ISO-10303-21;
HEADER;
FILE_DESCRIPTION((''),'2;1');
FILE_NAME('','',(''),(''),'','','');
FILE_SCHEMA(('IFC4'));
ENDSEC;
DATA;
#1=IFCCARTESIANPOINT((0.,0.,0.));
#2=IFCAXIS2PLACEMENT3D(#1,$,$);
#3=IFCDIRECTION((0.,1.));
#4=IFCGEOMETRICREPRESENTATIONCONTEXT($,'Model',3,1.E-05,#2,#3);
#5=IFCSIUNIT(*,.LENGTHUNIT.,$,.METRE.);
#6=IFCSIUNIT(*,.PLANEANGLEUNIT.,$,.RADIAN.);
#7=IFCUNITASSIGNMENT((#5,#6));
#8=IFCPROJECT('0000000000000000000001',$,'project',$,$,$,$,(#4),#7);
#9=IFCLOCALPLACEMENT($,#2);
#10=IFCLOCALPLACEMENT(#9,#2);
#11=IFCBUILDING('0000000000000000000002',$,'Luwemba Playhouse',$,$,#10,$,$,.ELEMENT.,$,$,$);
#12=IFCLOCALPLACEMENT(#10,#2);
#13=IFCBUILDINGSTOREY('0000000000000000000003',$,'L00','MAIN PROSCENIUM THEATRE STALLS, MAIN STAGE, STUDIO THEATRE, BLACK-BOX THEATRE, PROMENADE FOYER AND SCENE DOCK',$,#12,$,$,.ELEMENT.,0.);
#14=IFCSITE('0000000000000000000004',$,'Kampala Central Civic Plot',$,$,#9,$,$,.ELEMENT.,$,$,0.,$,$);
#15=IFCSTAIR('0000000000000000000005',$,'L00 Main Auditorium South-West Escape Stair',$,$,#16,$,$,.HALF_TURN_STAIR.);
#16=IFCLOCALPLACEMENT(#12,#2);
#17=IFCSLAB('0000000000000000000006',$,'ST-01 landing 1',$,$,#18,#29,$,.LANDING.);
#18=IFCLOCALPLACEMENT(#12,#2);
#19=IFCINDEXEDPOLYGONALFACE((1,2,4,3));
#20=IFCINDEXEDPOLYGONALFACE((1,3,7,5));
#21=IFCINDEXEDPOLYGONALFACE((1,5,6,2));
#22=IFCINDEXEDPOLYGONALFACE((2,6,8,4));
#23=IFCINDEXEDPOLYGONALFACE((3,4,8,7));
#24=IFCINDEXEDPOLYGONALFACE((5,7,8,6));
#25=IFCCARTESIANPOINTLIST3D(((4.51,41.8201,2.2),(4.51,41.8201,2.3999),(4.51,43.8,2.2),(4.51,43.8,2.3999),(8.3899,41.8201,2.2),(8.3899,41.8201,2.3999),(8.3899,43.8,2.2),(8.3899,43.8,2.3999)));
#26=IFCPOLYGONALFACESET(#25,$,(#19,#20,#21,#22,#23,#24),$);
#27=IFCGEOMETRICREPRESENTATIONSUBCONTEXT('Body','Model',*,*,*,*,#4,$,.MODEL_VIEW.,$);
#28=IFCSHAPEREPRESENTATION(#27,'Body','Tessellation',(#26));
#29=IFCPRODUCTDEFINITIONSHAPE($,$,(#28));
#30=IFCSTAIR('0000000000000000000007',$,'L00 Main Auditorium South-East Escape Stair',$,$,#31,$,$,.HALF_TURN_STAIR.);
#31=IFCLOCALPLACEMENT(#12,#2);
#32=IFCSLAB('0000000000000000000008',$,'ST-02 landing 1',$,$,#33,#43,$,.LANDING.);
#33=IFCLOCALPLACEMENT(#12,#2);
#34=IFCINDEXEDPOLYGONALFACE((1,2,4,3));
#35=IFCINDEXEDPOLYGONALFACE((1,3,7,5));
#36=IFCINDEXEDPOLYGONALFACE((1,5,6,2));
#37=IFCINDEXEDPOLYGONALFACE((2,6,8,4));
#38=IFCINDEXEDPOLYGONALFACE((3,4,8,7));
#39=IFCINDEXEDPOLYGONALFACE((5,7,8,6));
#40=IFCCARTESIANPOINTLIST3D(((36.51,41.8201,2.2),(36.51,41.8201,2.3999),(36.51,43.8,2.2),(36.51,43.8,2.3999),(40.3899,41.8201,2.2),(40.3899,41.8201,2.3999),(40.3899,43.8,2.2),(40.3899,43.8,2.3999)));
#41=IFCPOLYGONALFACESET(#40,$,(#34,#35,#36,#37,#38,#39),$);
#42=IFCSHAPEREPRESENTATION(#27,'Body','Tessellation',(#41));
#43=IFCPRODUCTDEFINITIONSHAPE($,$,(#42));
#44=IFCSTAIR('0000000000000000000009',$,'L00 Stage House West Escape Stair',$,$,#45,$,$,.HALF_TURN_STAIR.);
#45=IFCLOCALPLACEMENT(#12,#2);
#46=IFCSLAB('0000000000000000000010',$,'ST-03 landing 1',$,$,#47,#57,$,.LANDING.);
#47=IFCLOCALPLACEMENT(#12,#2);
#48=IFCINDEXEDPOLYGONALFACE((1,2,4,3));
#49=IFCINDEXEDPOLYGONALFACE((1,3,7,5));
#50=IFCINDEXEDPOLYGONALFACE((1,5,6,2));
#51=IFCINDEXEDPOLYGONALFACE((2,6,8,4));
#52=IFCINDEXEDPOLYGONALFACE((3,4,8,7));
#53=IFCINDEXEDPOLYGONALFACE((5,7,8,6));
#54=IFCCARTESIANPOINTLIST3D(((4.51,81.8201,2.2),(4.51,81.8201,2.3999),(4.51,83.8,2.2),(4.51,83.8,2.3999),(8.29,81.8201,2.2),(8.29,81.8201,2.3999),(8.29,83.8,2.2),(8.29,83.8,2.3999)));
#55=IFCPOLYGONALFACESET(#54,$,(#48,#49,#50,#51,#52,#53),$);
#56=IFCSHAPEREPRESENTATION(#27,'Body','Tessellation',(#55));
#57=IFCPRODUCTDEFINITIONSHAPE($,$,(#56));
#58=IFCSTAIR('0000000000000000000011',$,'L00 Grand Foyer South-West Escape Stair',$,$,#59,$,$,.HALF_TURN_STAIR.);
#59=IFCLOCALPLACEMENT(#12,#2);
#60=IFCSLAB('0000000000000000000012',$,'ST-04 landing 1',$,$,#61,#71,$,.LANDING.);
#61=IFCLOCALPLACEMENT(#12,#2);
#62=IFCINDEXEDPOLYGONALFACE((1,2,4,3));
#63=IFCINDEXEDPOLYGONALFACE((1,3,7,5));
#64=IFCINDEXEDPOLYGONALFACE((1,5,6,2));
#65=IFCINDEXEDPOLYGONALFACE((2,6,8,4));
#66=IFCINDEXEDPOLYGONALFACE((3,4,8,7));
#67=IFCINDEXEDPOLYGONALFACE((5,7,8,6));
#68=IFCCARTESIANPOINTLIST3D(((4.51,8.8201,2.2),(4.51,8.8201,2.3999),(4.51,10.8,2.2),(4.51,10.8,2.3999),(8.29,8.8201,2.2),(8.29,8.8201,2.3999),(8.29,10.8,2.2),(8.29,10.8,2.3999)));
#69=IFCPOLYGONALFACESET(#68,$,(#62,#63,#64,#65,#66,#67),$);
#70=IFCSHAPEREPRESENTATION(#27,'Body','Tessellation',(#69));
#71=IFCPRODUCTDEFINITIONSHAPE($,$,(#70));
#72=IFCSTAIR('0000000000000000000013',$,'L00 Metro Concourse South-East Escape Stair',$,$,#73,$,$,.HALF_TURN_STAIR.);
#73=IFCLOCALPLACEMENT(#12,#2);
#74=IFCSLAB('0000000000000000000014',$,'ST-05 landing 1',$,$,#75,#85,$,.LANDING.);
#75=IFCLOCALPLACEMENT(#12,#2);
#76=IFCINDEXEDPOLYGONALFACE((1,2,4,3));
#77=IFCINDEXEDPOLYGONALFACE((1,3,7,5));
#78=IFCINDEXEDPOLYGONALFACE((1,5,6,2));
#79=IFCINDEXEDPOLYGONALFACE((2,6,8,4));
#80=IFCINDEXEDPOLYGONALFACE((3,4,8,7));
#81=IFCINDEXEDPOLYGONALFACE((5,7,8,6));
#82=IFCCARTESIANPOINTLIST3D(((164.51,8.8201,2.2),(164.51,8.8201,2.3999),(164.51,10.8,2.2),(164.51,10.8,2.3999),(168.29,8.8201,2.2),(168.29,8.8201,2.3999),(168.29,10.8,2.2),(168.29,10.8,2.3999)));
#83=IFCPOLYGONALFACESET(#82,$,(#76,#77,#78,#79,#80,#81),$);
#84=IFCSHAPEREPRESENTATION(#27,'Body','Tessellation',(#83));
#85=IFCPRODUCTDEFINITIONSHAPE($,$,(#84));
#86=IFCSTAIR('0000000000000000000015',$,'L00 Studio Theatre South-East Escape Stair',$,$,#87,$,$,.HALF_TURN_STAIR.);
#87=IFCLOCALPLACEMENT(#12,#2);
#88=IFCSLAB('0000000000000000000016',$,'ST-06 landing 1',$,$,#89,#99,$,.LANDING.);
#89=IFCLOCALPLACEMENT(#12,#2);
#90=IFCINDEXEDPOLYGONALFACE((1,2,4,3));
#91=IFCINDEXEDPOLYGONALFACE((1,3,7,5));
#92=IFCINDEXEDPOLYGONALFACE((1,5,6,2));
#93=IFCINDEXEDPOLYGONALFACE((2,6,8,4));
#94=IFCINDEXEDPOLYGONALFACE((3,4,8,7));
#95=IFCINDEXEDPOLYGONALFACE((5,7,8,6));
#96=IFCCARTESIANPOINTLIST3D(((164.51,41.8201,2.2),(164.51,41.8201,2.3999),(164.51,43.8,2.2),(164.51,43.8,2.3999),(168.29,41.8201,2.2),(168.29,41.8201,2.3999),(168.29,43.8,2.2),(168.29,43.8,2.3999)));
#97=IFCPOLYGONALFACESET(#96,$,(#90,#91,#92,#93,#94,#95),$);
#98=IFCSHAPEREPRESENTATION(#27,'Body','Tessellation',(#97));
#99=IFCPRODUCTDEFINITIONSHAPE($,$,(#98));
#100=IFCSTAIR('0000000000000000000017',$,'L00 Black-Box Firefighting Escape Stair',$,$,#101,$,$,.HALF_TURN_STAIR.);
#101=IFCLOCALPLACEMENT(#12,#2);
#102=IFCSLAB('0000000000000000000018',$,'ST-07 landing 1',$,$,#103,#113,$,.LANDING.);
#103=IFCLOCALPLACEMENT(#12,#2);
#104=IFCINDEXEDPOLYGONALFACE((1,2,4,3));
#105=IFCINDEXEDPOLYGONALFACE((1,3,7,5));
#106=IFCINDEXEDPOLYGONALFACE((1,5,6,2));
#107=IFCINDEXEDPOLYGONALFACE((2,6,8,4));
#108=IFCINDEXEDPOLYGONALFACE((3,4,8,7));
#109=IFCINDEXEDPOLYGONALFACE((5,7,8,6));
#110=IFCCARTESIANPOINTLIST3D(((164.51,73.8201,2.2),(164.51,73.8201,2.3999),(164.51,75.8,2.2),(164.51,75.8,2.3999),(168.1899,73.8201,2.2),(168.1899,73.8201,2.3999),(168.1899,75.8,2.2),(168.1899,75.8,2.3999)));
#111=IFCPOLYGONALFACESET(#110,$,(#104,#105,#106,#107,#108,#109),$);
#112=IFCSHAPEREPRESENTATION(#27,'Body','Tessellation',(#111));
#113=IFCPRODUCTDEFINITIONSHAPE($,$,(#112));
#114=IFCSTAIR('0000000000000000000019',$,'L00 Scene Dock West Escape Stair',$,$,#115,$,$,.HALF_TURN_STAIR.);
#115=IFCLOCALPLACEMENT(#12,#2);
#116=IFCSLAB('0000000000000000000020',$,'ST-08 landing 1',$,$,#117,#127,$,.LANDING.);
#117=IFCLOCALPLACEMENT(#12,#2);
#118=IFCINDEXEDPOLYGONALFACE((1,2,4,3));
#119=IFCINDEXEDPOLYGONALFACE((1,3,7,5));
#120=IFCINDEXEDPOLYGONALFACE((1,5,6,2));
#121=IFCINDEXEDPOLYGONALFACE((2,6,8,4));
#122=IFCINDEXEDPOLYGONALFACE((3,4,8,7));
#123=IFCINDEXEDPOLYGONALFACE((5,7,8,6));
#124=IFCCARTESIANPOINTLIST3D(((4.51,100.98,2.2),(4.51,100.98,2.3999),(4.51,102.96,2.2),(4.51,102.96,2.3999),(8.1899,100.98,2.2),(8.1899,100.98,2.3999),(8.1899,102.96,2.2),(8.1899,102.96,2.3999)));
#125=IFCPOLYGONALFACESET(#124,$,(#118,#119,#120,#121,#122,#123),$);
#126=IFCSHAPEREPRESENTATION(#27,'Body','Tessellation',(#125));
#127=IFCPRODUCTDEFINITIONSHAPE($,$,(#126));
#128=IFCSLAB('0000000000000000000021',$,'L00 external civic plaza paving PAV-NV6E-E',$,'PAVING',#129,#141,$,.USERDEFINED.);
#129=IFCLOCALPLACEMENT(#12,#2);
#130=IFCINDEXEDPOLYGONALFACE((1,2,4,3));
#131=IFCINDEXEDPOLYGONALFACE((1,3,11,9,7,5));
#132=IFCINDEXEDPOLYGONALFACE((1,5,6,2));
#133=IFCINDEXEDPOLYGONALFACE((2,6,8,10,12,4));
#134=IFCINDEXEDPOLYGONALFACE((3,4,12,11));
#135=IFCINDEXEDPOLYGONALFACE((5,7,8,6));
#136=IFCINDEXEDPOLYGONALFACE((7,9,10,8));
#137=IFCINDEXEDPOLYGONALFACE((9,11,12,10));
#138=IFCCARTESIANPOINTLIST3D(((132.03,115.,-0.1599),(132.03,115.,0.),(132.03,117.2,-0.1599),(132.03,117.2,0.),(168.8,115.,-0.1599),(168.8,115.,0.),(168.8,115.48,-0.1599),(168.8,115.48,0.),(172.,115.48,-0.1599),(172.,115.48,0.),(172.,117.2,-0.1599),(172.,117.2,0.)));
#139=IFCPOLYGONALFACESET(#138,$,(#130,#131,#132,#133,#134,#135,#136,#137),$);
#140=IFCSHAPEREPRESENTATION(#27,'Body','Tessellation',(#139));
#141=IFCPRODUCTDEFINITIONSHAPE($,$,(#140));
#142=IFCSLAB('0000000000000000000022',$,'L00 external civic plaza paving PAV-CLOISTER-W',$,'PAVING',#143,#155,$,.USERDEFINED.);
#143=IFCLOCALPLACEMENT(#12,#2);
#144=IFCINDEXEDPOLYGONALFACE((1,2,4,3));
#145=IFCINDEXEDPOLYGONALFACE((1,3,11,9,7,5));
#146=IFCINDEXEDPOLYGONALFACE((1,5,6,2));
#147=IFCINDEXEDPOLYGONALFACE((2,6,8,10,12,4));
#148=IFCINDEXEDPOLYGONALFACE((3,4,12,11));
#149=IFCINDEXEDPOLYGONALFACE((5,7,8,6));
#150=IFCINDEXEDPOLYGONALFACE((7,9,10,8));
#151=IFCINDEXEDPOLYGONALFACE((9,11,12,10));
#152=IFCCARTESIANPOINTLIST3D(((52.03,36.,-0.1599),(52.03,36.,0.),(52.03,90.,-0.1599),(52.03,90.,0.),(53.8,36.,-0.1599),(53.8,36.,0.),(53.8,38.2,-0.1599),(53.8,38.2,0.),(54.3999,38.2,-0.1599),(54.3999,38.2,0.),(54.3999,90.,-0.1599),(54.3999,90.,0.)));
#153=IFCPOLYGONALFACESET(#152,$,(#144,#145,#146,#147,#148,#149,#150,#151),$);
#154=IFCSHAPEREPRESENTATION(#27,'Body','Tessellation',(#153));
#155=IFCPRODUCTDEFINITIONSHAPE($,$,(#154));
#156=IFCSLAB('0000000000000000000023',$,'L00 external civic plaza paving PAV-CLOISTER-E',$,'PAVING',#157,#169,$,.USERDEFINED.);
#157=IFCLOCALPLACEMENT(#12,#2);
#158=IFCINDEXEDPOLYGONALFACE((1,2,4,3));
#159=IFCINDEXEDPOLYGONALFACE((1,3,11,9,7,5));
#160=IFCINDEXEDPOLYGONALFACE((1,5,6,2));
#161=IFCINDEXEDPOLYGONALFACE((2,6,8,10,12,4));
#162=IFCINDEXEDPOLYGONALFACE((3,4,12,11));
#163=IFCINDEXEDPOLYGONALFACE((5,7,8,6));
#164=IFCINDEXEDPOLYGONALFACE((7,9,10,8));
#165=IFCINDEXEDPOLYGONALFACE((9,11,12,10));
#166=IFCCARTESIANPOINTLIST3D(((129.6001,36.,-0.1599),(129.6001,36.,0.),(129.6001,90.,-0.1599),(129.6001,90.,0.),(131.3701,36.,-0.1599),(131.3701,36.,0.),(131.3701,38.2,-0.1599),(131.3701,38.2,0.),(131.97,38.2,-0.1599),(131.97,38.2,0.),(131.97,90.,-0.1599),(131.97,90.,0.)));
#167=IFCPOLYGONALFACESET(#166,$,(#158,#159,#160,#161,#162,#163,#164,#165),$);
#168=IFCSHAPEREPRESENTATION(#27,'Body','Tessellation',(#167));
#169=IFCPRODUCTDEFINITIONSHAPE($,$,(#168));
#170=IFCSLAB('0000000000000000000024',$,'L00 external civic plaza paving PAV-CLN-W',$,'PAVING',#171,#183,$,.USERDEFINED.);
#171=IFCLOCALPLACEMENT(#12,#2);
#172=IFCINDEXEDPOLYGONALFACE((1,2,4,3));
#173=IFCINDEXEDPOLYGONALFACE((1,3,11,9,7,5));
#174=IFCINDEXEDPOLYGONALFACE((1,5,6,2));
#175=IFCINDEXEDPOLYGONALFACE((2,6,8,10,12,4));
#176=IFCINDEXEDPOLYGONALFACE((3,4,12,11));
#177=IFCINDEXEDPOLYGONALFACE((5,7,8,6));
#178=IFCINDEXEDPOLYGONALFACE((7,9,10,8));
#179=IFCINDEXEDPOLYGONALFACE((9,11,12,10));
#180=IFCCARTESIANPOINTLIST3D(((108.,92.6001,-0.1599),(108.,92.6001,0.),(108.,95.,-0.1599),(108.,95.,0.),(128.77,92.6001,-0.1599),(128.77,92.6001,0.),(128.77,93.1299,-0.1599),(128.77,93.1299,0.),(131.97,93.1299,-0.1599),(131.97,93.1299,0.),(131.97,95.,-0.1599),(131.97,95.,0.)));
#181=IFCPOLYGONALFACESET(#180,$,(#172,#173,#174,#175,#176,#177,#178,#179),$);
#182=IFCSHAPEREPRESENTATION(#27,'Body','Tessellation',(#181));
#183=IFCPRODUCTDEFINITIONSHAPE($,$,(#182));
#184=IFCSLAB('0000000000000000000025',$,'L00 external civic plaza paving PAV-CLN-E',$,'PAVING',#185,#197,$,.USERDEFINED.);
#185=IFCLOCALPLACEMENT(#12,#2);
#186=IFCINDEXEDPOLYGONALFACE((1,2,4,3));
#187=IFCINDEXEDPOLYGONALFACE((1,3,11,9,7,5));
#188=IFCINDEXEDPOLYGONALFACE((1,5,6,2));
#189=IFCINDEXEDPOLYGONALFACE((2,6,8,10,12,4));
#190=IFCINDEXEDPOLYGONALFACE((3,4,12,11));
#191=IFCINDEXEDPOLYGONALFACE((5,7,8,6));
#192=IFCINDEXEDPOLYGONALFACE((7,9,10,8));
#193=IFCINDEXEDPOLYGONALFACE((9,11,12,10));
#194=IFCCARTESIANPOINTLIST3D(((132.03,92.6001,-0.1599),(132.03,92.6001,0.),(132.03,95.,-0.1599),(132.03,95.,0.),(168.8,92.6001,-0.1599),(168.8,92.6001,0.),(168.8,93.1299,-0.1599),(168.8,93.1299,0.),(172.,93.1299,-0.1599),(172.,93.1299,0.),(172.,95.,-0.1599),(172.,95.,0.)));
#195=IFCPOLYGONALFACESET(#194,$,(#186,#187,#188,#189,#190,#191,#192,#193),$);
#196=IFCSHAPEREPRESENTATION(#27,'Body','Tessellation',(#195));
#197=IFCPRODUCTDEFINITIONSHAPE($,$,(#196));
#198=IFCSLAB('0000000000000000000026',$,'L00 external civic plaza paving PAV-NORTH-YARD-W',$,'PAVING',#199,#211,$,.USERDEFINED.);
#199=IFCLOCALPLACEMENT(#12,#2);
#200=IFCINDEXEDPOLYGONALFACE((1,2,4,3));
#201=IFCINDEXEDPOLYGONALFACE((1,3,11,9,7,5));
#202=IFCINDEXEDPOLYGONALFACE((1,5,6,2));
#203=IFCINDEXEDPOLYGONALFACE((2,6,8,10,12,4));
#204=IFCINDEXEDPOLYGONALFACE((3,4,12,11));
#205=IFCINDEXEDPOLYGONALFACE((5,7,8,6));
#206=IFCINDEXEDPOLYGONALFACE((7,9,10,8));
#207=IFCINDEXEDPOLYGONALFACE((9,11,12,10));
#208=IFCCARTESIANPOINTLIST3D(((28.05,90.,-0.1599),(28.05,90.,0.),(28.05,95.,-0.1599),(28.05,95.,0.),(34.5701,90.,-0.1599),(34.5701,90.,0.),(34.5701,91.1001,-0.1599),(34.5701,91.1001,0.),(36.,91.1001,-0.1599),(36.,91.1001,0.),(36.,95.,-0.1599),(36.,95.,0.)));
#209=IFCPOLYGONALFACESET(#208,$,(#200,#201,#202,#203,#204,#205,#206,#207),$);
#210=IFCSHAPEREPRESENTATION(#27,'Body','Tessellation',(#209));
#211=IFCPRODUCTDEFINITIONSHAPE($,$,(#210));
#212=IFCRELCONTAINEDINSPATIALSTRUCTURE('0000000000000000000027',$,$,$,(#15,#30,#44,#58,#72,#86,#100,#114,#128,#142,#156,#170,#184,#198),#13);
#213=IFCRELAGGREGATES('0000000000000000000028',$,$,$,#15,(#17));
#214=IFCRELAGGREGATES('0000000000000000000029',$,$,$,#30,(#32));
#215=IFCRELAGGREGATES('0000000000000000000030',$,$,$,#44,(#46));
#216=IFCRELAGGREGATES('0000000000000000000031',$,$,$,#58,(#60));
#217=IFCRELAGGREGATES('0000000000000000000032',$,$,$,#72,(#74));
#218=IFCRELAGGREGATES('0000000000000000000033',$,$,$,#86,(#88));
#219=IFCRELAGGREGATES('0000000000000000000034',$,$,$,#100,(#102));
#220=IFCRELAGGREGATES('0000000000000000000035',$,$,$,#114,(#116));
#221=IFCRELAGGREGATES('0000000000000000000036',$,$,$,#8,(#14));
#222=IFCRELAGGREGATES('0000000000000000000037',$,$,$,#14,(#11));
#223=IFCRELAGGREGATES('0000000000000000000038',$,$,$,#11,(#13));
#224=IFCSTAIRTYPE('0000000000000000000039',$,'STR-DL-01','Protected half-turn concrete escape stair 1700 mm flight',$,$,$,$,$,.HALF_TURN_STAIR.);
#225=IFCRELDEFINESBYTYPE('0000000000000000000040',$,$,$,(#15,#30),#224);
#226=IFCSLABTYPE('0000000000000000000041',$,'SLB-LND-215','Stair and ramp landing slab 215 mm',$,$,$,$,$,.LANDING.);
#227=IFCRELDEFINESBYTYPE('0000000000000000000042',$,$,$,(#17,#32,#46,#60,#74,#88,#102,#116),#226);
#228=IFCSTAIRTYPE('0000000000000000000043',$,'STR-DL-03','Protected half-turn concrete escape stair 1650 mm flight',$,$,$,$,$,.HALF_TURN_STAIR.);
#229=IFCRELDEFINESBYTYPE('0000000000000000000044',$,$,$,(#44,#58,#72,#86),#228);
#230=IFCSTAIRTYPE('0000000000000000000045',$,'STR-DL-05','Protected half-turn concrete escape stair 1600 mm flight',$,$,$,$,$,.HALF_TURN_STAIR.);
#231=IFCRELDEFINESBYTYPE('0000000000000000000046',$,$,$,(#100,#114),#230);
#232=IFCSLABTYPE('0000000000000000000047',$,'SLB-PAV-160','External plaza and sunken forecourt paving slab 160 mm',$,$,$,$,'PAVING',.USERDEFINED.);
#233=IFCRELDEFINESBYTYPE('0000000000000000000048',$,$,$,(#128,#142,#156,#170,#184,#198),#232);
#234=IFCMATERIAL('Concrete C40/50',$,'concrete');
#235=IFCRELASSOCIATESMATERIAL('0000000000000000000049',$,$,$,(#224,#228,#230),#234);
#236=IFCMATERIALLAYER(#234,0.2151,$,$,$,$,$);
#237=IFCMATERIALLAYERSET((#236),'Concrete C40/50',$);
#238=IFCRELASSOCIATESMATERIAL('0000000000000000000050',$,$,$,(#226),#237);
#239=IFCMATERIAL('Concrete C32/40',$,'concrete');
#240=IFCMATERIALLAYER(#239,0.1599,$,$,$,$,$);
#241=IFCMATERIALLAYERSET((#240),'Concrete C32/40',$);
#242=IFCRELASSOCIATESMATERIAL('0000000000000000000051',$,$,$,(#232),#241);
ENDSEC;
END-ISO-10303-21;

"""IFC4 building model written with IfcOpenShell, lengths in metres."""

from ifc_helpers import new_model, si_unit, direction, frame, origin, place, context, subcontext, project, spatial, polyline, outline, extrude, material, layer, layer_set, type_object, element, aggregate, save


model = new_model("IFC4")

# Units and contexts
model_context = context("Model", 3, precision=1e-05, world=origin(), true_north=direction((0.0, 1.0)))
body_context = subcontext(model_context, "Body", "Model", "MODEL_VIEW")
ifc_project = project(units=[si_unit("LENGTHUNIT", "METRE"), si_unit("PLANEANGLEUNIT", "RADIAN")], contexts=[model_context])

# Site, building, storey
site_placement = place(None, origin())
site = spatial("IfcSite", under=ifc_project, at=site_placement, Name="Kampala Central Civic Plot", CompositionType="ELEMENT", RefElevation=0.0)
building_placement = place(site_placement, origin())
building = spatial("IfcBuilding", under=site, at=building_placement, Name="Luwemba Playhouse", CompositionType="ELEMENT")
storey_placement = place(building_placement, origin())
storey = spatial("IfcBuildingStorey", under=building, at=storey_placement, Name="L00", Description="MAIN PROSCENIUM THEATRE STALLS, MAIN STAGE, STUDIO THEATRE, BLACK-BOX THEATRE, PROMENADE FOYER AND SCENE DOCK", CompositionType="ELEMENT", Elevation=0.0)

# Stairs, slabs
ifc_material_1 = material(Name="Concrete C40/50", Category="concrete")
stair_type_1 = type_object("IfcStairType", Name="STR-DL-01", Description="Protected half-turn concrete escape stair 1700 mm flight", PredefinedType="HALF_TURN_STAIR", material=ifc_material_1)
stair_1_placement = place(storey_placement, origin())
stair_1 = element("IfcStair", 1, at=stair_1_placement, inside=storey, type_object=stair_type_1, Name="L00 Main Auditorium South-West Escape Stair", PredefinedType="HALF_TURN_STAIR")
ifc_layer_1 = layer(ifc_material_1, 0.2151)
ifc_layer_set_1 = layer_set([ifc_layer_1], Name="Concrete C40/50")
slab_type_1 = type_object("IfcSlabType", Name="SLB-LND-215", Description="Stair and ramp landing slab 215 mm", PredefinedType="LANDING", material=ifc_layer_set_1)
slab_1_placement = place(storey_placement, frame((0.0, 0.0, 2.2)))
slab_1 = element("IfcSlab", 2, at=slab_1_placement, type_object=slab_type_1, Name="ST-01 landing 1", PredefinedType="LANDING", context=body_context, shape_type="SweptSolid", body=[
    extrude(outline(polyline([(8.3899, 41.8201), (4.51, 41.8201), (4.51, 43.8), (8.3899, 43.8), (8.3899, 41.8201)])), origin(), (0.0, 0.0, 1.0), 0.2),
])
aggregate(stair_1, [slab_1])
stair_2_placement = place(storey_placement, origin())
stair_2 = element("IfcStair", 3, at=stair_2_placement, inside=storey, type_object=stair_type_1, Name="L00 Main Auditorium South-East Escape Stair", PredefinedType="HALF_TURN_STAIR")
slab_2_placement = place(storey_placement, frame((0.0, 0.0, 2.2)))
slab_2 = element("IfcSlab", 4, at=slab_2_placement, type_object=slab_type_1, Name="ST-02 landing 1", PredefinedType="LANDING", context=body_context, shape_type="SweptSolid", body=[
    extrude(outline(polyline([(40.3899, 41.8201), (36.51, 41.8201), (36.51, 43.8), (40.3899, 43.8), (40.3899, 41.8201)])), origin(), (0.0, 0.0, 1.0), 0.2),
])
aggregate(stair_2, [slab_2])
stair_type_2 = type_object("IfcStairType", Name="STR-DL-03", Description="Protected half-turn concrete escape stair 1650 mm flight", PredefinedType="HALF_TURN_STAIR", material=ifc_material_1)
stair_3_placement = place(storey_placement, origin())
stair_3 = element("IfcStair", 5, at=stair_3_placement, inside=storey, type_object=stair_type_2, Name="L00 Stage House West Escape Stair", PredefinedType="HALF_TURN_STAIR")
slab_3_placement = place(storey_placement, frame((0.0, 0.0, 2.2)))
slab_3 = element("IfcSlab", 6, at=slab_3_placement, type_object=slab_type_1, Name="ST-03 landing 1", PredefinedType="LANDING", context=body_context, shape_type="SweptSolid", body=[
    extrude(outline(polyline([(8.29, 81.8201), (4.51, 81.8201), (4.51, 83.8), (8.29, 83.8), (8.29, 81.8201)])), origin(), (0.0, 0.0, 1.0), 0.2),
])
aggregate(stair_3, [slab_3])
stair_4_placement = place(storey_placement, origin())
stair_4 = element("IfcStair", 7, at=stair_4_placement, inside=storey, type_object=stair_type_2, Name="L00 Grand Foyer South-West Escape Stair", PredefinedType="HALF_TURN_STAIR")
slab_4_placement = place(storey_placement, frame((0.0, 0.0, 2.2)))
slab_4 = element("IfcSlab", 8, at=slab_4_placement, type_object=slab_type_1, Name="ST-04 landing 1", PredefinedType="LANDING", context=body_context, shape_type="SweptSolid", body=[
    extrude(outline(polyline([(8.29, 8.8201), (4.51, 8.8201), (4.51, 10.8), (8.29, 10.8), (8.29, 8.8201)])), origin(), (0.0, 0.0, 1.0), 0.2),
])
aggregate(stair_4, [slab_4])
stair_5_placement = place(storey_placement, origin())
stair_5 = element("IfcStair", 9, at=stair_5_placement, inside=storey, type_object=stair_type_2, Name="L00 Metro Concourse South-East Escape Stair", PredefinedType="HALF_TURN_STAIR")
slab_5_placement = place(storey_placement, frame((0.0, 0.0, 2.2)))
slab_5 = element("IfcSlab", 10, at=slab_5_placement, type_object=slab_type_1, Name="ST-05 landing 1", PredefinedType="LANDING", context=body_context, shape_type="SweptSolid", body=[
    extrude(outline(polyline([(168.29, 8.8201), (164.51, 8.8201), (164.51, 10.8), (168.29, 10.8), (168.29, 8.8201)])), origin(), (0.0, 0.0, 1.0), 0.2),
])
aggregate(stair_5, [slab_5])
stair_6_placement = place(storey_placement, origin())
stair_6 = element("IfcStair", 11, at=stair_6_placement, inside=storey, type_object=stair_type_2, Name="L00 Studio Theatre South-East Escape Stair", PredefinedType="HALF_TURN_STAIR")
slab_6_placement = place(storey_placement, frame((0.0, 0.0, 2.2)))
slab_6 = element("IfcSlab", 12, at=slab_6_placement, type_object=slab_type_1, Name="ST-06 landing 1", PredefinedType="LANDING", context=body_context, shape_type="SweptSolid", body=[
    extrude(outline(polyline([(168.29, 41.8201), (164.51, 41.8201), (164.51, 43.8), (168.29, 43.8), (168.29, 41.8201)])), origin(), (0.0, 0.0, 1.0), 0.2),
])
aggregate(stair_6, [slab_6])
stair_type_3 = type_object("IfcStairType", Name="STR-DL-05", Description="Protected half-turn concrete escape stair 1600 mm flight", PredefinedType="HALF_TURN_STAIR", material=ifc_material_1)
stair_7_placement = place(storey_placement, origin())
stair_7 = element("IfcStair", 13, at=stair_7_placement, inside=storey, type_object=stair_type_3, Name="L00 Black-Box Firefighting Escape Stair", PredefinedType="HALF_TURN_STAIR")
slab_7_placement = place(storey_placement, frame((0.0, 0.0, 2.2)))
slab_7 = element("IfcSlab", 14, at=slab_7_placement, type_object=slab_type_1, Name="ST-07 landing 1", PredefinedType="LANDING", context=body_context, shape_type="SweptSolid", body=[
    extrude(outline(polyline([(168.1899, 73.8201), (164.51, 73.8201), (164.51, 75.8), (168.1899, 75.8), (168.1899, 73.8201)])), origin(), (0.0, 0.0, 1.0), 0.2),
])
aggregate(stair_7, [slab_7])
stair_8_placement = place(storey_placement, origin())
stair_8 = element("IfcStair", 15, at=stair_8_placement, inside=storey, type_object=stair_type_3, Name="L00 Scene Dock West Escape Stair", PredefinedType="HALF_TURN_STAIR")
slab_8_placement = place(storey_placement, frame((0.0, 0.0, 2.2)))
slab_8 = element("IfcSlab", 16, at=slab_8_placement, type_object=slab_type_1, Name="ST-08 landing 1", PredefinedType="LANDING", context=body_context, shape_type="SweptSolid", body=[
    extrude(outline(polyline([(8.1899, 100.98), (4.51, 100.98), (4.51, 102.96), (8.1899, 102.96), (8.1899, 100.98)])), origin(), (0.0, 0.0, 1.0), 0.2),
])
aggregate(stair_8, [slab_8])

# Slabs
ifc_material_2 = material(Name="Concrete C32/40", Category="concrete")
ifc_layer_2 = layer(ifc_material_2, 0.1599)
ifc_layer_set_2 = layer_set([ifc_layer_2], Name="Concrete C32/40")
slab_type_2 = type_object("IfcSlabType", Name="SLB-PAV-160", Description="External plaza and sunken forecourt paving slab 160 mm", ElementType="PAVING", PredefinedType="USERDEFINED", material=ifc_layer_set_2)
slab_9_placement = place(storey_placement, frame((0.0, 0.0, -0.1599)))
element("IfcSlab", 17, at=slab_9_placement, inside=storey, type_object=slab_type_2, Name="L00 external civic plaza paving PAV-NV6E-E", ObjectType="PAVING", PredefinedType="USERDEFINED", context=body_context, shape_type="SweptSolid", body=[
    extrude(outline(polyline([(132.03, 115.0), (168.8, 115.0), (168.8, 115.48), (172.0, 115.48), (172.0, 117.2), (132.03, 117.2), (132.03, 115.0)])), origin(), (0.0, 0.0, 1.0), 0.1599),
])
slab_10_placement = place(storey_placement, frame((0.0, 0.0, -0.1599)))
element("IfcSlab", 18, at=slab_10_placement, inside=storey, type_object=slab_type_2, Name="L00 external civic plaza paving PAV-CLOISTER-W", ObjectType="PAVING", PredefinedType="USERDEFINED", context=body_context, shape_type="SweptSolid", body=[
    extrude(outline(polyline([(52.03, 36.0), (53.8, 36.0), (53.8, 38.2), (54.3999, 38.2), (54.3999, 90.0), (52.03, 90.0), (52.03, 36.0)])), origin(), (0.0, 0.0, 1.0), 0.1599),
])
slab_11_placement = place(storey_placement, frame((0.0, 0.0, -0.1599)))
element("IfcSlab", 19, at=slab_11_placement, inside=storey, type_object=slab_type_2, Name="L00 external civic plaza paving PAV-CLOISTER-E", ObjectType="PAVING", PredefinedType="USERDEFINED", context=body_context, shape_type="SweptSolid", body=[
    extrude(outline(polyline([(129.6001, 36.0), (131.3701, 36.0), (131.3701, 38.2), (131.97, 38.2), (131.97, 90.0), (129.6001, 90.0), (129.6001, 36.0)])), origin(), (0.0, 0.0, 1.0), 0.1599),
])
slab_12_placement = place(storey_placement, frame((0.0, 0.0, -0.1599)))
element("IfcSlab", 20, at=slab_12_placement, inside=storey, type_object=slab_type_2, Name="L00 external civic plaza paving PAV-CLN-W", ObjectType="PAVING", PredefinedType="USERDEFINED", context=body_context, shape_type="SweptSolid", body=[
    extrude(outline(polyline([(108.0, 92.6001), (128.77, 92.6001), (128.77, 93.1299), (131.97, 93.1299), (131.97, 95.0), (108.0, 95.0), (108.0, 92.6001)])), origin(), (0.0, 0.0, 1.0), 0.1599),
])
slab_13_placement = place(storey_placement, frame((0.0, 0.0, -0.1599)))
element("IfcSlab", 21, at=slab_13_placement, inside=storey, type_object=slab_type_2, Name="L00 external civic plaza paving PAV-CLN-E", ObjectType="PAVING", PredefinedType="USERDEFINED", context=body_context, shape_type="SweptSolid", body=[
    extrude(outline(polyline([(132.03, 92.6001), (168.8, 92.6001), (168.8, 93.1299), (172.0, 93.1299), (172.0, 95.0), (132.03, 95.0), (132.03, 92.6001)])), origin(), (0.0, 0.0, 1.0), 0.1599),
])
slab_14_placement = place(storey_placement, frame((0.0, 0.0, -0.1599)))
element("IfcSlab", 22, at=slab_14_placement, inside=storey, type_object=slab_type_2, Name="L00 external civic plaza paving PAV-NORTH-YARD-W", ObjectType="PAVING", PredefinedType="USERDEFINED", context=body_context, shape_type="SweptSolid", body=[
    extrude(outline(polyline([(28.05, 90.0), (34.5701, 90.0), (34.5701, 91.1001), (36.0, 91.1001), (36.0, 95.0), (28.05, 95.0), (28.05, 90.0)])), origin(), (0.0, 0.0, 1.0), 0.1599),
])

save(model, "model.ifc")
